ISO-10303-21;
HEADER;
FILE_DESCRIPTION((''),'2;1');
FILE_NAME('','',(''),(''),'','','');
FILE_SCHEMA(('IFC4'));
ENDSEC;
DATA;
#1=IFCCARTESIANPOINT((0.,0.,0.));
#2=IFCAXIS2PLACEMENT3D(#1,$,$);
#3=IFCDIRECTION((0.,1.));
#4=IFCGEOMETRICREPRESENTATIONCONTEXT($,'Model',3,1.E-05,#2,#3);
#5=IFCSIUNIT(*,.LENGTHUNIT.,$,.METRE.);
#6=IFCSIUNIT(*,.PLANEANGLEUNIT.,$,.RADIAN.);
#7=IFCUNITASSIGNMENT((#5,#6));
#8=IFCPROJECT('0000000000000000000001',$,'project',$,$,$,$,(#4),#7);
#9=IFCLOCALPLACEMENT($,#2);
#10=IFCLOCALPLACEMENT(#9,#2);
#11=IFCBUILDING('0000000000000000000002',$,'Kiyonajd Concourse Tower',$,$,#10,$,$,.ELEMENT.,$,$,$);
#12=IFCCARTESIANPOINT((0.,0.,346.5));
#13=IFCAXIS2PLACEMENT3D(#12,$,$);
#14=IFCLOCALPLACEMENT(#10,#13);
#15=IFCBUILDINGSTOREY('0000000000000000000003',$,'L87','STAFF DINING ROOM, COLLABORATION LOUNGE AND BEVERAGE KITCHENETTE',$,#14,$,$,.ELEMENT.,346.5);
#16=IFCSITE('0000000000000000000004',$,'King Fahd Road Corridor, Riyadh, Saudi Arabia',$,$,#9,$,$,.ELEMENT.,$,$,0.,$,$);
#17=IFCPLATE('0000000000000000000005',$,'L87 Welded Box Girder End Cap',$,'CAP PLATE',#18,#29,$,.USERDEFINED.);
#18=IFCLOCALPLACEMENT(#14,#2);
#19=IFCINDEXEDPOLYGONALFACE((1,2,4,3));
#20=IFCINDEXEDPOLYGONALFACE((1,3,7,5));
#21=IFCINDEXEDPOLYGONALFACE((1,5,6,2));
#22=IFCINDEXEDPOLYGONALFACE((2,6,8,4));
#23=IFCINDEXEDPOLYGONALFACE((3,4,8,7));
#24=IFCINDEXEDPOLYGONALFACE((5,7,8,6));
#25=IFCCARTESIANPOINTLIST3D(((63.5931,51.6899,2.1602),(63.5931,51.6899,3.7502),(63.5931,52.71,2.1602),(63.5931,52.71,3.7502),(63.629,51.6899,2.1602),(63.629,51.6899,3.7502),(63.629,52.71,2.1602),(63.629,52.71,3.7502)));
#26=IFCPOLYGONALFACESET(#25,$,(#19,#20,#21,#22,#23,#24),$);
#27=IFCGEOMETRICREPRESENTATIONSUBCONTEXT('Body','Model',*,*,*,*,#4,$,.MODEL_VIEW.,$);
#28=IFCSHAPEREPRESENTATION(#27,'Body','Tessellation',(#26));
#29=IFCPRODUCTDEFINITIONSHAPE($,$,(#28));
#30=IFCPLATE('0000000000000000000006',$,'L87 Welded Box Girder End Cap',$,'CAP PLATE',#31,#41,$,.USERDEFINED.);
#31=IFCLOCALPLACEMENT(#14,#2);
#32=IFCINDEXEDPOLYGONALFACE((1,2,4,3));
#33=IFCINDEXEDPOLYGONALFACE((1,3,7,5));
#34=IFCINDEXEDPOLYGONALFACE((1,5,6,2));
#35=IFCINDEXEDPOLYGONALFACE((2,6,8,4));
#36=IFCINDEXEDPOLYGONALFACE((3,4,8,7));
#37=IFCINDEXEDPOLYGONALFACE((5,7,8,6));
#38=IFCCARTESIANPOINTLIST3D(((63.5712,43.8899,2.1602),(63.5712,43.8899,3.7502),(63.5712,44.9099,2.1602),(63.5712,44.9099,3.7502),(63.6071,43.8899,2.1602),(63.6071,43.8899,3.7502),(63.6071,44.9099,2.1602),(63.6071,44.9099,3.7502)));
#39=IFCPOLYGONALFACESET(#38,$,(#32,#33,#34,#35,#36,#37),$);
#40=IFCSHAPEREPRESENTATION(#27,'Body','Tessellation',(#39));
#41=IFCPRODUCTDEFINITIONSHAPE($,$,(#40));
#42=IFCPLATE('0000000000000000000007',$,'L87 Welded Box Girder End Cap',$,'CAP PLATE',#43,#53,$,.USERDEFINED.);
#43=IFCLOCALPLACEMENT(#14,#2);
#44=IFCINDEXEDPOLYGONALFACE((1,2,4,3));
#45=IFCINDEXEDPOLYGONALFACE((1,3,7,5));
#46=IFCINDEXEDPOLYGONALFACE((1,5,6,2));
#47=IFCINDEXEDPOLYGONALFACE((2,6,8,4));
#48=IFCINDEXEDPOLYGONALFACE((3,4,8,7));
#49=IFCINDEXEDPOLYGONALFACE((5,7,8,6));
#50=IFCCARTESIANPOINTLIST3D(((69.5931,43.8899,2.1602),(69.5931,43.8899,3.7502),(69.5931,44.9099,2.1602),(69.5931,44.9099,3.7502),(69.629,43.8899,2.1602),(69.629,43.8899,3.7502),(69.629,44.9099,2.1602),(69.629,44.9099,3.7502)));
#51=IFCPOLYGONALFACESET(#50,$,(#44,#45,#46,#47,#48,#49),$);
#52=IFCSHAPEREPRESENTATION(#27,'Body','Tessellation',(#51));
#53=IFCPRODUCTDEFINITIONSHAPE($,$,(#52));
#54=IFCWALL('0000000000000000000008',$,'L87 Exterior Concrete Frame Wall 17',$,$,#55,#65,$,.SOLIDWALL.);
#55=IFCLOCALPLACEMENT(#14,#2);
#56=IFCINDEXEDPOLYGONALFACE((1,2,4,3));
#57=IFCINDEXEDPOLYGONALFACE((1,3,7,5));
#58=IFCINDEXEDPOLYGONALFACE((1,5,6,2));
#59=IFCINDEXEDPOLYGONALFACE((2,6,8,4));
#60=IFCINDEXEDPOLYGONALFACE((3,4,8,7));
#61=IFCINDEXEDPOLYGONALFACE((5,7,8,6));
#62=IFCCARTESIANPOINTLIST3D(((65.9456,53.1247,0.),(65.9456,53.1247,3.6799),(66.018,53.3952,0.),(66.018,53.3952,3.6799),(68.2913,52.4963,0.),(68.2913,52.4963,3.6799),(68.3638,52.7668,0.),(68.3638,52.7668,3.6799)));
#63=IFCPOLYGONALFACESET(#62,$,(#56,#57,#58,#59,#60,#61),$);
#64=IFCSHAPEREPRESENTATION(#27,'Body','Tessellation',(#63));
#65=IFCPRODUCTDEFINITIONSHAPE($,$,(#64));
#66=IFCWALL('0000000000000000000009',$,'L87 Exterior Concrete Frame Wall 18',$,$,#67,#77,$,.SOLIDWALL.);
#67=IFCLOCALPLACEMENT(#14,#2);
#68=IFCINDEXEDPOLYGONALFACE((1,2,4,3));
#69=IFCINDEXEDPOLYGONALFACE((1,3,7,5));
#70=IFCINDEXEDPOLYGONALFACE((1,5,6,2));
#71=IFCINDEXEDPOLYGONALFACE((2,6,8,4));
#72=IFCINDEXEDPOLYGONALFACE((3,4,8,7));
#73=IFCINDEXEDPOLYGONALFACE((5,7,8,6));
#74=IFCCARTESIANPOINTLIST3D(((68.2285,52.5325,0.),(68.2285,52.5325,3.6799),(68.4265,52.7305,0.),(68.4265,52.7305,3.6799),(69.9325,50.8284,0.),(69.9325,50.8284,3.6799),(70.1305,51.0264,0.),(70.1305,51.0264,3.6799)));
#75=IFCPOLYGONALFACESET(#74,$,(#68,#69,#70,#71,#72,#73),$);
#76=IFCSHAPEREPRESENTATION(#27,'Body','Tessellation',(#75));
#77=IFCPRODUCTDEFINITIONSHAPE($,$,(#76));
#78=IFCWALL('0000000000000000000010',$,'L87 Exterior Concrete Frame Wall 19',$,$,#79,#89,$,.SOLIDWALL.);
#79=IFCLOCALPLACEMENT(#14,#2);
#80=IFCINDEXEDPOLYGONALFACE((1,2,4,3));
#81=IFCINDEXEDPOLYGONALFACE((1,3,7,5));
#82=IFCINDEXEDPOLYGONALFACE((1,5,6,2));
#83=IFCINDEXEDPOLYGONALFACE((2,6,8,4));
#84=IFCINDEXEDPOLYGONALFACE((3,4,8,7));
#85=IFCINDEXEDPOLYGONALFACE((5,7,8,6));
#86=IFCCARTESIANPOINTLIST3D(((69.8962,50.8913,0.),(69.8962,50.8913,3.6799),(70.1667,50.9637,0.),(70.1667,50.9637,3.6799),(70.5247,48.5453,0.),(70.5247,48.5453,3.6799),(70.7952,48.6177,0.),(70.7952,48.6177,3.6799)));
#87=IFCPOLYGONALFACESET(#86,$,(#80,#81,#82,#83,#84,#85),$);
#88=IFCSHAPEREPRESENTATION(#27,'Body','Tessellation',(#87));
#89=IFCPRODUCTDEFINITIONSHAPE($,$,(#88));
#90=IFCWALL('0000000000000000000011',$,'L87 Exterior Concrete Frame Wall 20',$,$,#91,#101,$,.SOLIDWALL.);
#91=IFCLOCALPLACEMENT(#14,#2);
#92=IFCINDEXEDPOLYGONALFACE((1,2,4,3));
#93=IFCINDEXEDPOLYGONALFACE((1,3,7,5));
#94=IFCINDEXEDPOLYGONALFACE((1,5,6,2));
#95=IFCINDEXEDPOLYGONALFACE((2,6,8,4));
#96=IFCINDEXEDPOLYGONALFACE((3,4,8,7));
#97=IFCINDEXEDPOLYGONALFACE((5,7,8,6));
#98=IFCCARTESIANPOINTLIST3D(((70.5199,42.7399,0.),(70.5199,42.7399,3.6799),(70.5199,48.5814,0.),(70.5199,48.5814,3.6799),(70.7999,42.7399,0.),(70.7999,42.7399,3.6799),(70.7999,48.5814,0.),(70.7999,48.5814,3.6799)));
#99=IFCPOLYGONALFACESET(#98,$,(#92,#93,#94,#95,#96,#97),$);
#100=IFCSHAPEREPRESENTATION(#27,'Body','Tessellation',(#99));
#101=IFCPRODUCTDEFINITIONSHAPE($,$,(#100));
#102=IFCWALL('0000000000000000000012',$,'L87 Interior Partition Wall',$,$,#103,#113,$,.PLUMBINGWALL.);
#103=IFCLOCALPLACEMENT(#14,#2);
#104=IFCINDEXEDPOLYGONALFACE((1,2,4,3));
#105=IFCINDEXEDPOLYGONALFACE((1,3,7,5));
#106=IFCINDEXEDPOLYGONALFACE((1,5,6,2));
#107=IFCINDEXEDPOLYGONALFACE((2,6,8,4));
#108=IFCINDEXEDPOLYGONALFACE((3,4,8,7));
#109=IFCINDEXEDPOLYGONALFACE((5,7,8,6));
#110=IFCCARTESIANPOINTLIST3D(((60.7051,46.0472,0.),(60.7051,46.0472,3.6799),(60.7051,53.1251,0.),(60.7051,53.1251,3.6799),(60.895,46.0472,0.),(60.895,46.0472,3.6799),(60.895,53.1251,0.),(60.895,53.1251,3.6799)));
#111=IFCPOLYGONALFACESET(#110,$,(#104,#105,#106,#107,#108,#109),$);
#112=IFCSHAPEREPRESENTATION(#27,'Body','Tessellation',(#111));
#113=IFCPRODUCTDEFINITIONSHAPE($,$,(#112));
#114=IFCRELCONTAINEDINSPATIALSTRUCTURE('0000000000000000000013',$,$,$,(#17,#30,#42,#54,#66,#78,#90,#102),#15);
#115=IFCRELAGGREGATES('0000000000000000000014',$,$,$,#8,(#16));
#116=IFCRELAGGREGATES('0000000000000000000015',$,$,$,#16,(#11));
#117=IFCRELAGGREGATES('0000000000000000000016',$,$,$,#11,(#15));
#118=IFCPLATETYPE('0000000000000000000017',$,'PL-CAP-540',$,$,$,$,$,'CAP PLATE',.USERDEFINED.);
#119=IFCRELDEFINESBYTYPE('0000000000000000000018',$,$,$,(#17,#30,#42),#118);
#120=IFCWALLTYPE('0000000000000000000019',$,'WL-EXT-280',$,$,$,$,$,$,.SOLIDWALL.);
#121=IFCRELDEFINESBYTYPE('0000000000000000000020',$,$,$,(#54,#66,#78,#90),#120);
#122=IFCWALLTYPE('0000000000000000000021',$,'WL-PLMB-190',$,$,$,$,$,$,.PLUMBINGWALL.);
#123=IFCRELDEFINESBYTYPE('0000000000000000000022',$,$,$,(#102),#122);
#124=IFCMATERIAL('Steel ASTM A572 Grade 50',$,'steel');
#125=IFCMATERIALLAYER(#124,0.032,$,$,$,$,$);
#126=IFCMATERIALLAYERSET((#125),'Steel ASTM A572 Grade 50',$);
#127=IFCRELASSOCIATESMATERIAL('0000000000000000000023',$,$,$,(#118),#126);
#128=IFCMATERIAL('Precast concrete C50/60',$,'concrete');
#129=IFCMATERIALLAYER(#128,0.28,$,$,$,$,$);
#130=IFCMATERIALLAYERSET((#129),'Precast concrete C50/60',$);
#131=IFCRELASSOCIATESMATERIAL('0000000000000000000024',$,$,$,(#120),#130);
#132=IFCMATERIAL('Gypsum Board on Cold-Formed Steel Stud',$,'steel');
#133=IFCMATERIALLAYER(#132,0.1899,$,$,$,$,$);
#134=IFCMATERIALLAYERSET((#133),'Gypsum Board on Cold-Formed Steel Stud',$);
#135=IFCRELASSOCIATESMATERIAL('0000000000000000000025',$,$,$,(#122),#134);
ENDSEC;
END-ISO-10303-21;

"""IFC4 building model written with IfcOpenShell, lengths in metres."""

from ifc_helpers import new_model, si_unit, direction, frame, frame_2d, origin, origin_2d, place, context, subcontext, project, spatial, rectangle, extrude, material, layer, layer_set, type_object, element, save


model = new_model("IFC4")

# Units and contexts
model_context = context("Model", 3, precision=1e-05, world=origin(), true_north=direction((0.0, 1.0)))
body_context = subcontext(model_context, "Body", "Model", "MODEL_VIEW")
ifc_project = project(units=[si_unit("LENGTHUNIT", "METRE"), si_unit("PLANEANGLEUNIT", "RADIAN")], contexts=[model_context])

# Site, building, storey
site_placement = place(None, origin())
site = spatial("IfcSite", under=ifc_project, at=site_placement, Name="King Fahd Road Corridor, Riyadh, Saudi Arabia", CompositionType="ELEMENT", RefElevation=0.0)
building_placement = place(site_placement, origin())
building = spatial("IfcBuilding", under=site, at=building_placement, Name="Kiyonajd Concourse Tower", CompositionType="ELEMENT")
storey_placement = place(building_placement, frame((0.0, 0.0, 346.5)))
storey = spatial("IfcBuildingStorey", under=building, at=storey_placement, Name="L87", Description="STAFF DINING ROOM, COLLABORATION LOUNGE AND BEVERAGE KITCHENETTE", CompositionType="ELEMENT", Elevation=346.5)

# Shared definitions
ifc_material_1 = material(Name="Steel ASTM A572 Grade 50", Category="steel")

# Plates
ifc_layer_1 = layer(ifc_material_1, 0.032)
ifc_layer_set_1 = layer_set([ifc_layer_1], Name="Steel ASTM A572 Grade 50")
plate_type_1 = type_object("IfcPlateType", Name="PL-CAP-540", ElementType="CAP PLATE", PredefinedType="USERDEFINED", material=ifc_layer_set_1)
for number, where, z_axis, x_axis, name in (
    (1, (63.6111, 52.2, 2.1602), (0.0, 0.0, 1.0), (1.0, 0.0, 0.0), "L87 Welded Box Girder End Cap"),
    (2, (63.5891, 44.3999, 2.1602), (0.0, 0.0, 1.0), (-1.0, 0.0, 0.0), "L87 Welded Box Girder End Cap"),
    (3, (69.6111, 44.3999, 2.1602), (0.0, 0.0, 1.0), (1.0, 0.0, 0.0), "L87 Welded Box Girder End Cap"),
):
    element("IfcPlate", number, at=place(storey_placement, frame(where, z_axis=z_axis, x_axis=x_axis)), inside=storey, type_object=plate_type_1, Name=name, ObjectType="CAP PLATE", PredefinedType="USERDEFINED", context=body_context, shape_type="SweptSolid", body=[
        extrude(rectangle(XDim=0.0359, YDim=1.02, at=origin_2d()), origin(), (0.0, 0.0, 1.0), 1.5901),
    ])

# Walls
ifc_material_2 = material(Name="Precast concrete C50/60", Category="concrete")
ifc_layer_2 = layer(ifc_material_2, 0.28)
ifc_layer_set_2 = layer_set([ifc_layer_2], Name="Precast concrete C50/60")
wall_type_1 = type_object("IfcWallType", Name="WL-EXT-280", PredefinedType="SOLIDWALL", material=ifc_layer_set_2)
wall_1_placement = place(storey_placement, frame((65.9817, 53.26, 0.0), z_axis=(0.0, 0.0, 1.0), x_axis=(0.965937, -0.258776, 0.0)))
element("IfcWall", 4, at=wall_1_placement, inside=storey, type_object=wall_type_1, Name="L87 Exterior Concrete Frame Wall 17", PredefinedType="SOLIDWALL", context=body_context, shape_type="SweptSolid", body=[
    extrude(rectangle(XDim=2.4285, YDim=0.28, at=frame_2d((1.2144, 0.0))), origin(), (0.0, 0.0, 1.0), 3.6799),
])
wall_2_placement = place(storey_placement, frame((68.3274, 52.6316, 0.0), z_axis=(0.0, 0.0, 1.0), x_axis=(0.707107, -0.707107, 0.0)))
element("IfcWall", 5, at=wall_2_placement, inside=storey, type_object=wall_type_1, Name="L87 Exterior Concrete Frame Wall 18", PredefinedType="SOLIDWALL", context=body_context, shape_type="SweptSolid", body=[
    extrude(rectangle(XDim=2.4099, YDim=0.28, at=frame_2d((1.2051, 0.0))), origin(), (0.0, 0.0, 1.0), 3.6799),
])
wall_3_placement = place(storey_placement, frame((70.0315, 50.9275, 0.0), z_axis=(0.0, 0.0, 1.0), x_axis=(0.258751, -0.965944, 0.0)))
element("IfcWall", 6, at=wall_3_placement, inside=storey, type_object=wall_type_1, Name="L87 Exterior Concrete Frame Wall 19", PredefinedType="SOLIDWALL", context=body_context, shape_type="SweptSolid", body=[
    extrude(rectangle(XDim=2.4287, YDim=0.28, at=frame_2d((1.2144, 0.0))), origin(), (0.0, 0.0, 1.0), 3.6799),
])
wall_4_placement = place(storey_placement, frame((70.6599, 48.5815, 0.0), z_axis=(0.0, 0.0, 1.0), x_axis=(0.0, -1.0, 0.0)))
element("IfcWall", 7, at=wall_4_placement, inside=storey, type_object=wall_type_1, Name="L87 Exterior Concrete Frame Wall 20", PredefinedType="SOLIDWALL", context=body_context, shape_type="SweptSolid", body=[
    extrude(rectangle(XDim=5.8416, YDim=0.28, at=frame_2d((2.9209, 0.0))), origin(), (0.0, 0.0, 1.0), 3.6799),
])
ifc_material_3 = material(Name="Gypsum Board on Cold-Formed Steel Stud", Category="steel")
ifc_layer_3 = layer(ifc_material_3, 0.1899)
ifc_layer_set_3 = layer_set([ifc_layer_3], Name="Gypsum Board on Cold-Formed Steel Stud")
wall_type_2 = type_object("IfcWallType", Name="WL-PLMB-190", PredefinedType="PLUMBINGWALL", material=ifc_layer_set_3)
wall_5_placement = place(storey_placement, frame((60.8, 46.0471, 0.0), z_axis=(0.0, 0.0, 1.0), x_axis=(0.0, 1.0, 0.0)))
element("IfcWall", 8, at=wall_5_placement, inside=storey, type_object=wall_type_2, Name="L87 Interior Partition Wall", PredefinedType="PLUMBINGWALL", context=body_context, shape_type="SweptSolid", body=[
    extrude(rectangle(XDim=7.0779, YDim=0.1899, at=frame_2d((3.5391, 0.0))), origin(), (0.0, 0.0, 1.0), 3.6799),
])

save(model, "model.ifc")
